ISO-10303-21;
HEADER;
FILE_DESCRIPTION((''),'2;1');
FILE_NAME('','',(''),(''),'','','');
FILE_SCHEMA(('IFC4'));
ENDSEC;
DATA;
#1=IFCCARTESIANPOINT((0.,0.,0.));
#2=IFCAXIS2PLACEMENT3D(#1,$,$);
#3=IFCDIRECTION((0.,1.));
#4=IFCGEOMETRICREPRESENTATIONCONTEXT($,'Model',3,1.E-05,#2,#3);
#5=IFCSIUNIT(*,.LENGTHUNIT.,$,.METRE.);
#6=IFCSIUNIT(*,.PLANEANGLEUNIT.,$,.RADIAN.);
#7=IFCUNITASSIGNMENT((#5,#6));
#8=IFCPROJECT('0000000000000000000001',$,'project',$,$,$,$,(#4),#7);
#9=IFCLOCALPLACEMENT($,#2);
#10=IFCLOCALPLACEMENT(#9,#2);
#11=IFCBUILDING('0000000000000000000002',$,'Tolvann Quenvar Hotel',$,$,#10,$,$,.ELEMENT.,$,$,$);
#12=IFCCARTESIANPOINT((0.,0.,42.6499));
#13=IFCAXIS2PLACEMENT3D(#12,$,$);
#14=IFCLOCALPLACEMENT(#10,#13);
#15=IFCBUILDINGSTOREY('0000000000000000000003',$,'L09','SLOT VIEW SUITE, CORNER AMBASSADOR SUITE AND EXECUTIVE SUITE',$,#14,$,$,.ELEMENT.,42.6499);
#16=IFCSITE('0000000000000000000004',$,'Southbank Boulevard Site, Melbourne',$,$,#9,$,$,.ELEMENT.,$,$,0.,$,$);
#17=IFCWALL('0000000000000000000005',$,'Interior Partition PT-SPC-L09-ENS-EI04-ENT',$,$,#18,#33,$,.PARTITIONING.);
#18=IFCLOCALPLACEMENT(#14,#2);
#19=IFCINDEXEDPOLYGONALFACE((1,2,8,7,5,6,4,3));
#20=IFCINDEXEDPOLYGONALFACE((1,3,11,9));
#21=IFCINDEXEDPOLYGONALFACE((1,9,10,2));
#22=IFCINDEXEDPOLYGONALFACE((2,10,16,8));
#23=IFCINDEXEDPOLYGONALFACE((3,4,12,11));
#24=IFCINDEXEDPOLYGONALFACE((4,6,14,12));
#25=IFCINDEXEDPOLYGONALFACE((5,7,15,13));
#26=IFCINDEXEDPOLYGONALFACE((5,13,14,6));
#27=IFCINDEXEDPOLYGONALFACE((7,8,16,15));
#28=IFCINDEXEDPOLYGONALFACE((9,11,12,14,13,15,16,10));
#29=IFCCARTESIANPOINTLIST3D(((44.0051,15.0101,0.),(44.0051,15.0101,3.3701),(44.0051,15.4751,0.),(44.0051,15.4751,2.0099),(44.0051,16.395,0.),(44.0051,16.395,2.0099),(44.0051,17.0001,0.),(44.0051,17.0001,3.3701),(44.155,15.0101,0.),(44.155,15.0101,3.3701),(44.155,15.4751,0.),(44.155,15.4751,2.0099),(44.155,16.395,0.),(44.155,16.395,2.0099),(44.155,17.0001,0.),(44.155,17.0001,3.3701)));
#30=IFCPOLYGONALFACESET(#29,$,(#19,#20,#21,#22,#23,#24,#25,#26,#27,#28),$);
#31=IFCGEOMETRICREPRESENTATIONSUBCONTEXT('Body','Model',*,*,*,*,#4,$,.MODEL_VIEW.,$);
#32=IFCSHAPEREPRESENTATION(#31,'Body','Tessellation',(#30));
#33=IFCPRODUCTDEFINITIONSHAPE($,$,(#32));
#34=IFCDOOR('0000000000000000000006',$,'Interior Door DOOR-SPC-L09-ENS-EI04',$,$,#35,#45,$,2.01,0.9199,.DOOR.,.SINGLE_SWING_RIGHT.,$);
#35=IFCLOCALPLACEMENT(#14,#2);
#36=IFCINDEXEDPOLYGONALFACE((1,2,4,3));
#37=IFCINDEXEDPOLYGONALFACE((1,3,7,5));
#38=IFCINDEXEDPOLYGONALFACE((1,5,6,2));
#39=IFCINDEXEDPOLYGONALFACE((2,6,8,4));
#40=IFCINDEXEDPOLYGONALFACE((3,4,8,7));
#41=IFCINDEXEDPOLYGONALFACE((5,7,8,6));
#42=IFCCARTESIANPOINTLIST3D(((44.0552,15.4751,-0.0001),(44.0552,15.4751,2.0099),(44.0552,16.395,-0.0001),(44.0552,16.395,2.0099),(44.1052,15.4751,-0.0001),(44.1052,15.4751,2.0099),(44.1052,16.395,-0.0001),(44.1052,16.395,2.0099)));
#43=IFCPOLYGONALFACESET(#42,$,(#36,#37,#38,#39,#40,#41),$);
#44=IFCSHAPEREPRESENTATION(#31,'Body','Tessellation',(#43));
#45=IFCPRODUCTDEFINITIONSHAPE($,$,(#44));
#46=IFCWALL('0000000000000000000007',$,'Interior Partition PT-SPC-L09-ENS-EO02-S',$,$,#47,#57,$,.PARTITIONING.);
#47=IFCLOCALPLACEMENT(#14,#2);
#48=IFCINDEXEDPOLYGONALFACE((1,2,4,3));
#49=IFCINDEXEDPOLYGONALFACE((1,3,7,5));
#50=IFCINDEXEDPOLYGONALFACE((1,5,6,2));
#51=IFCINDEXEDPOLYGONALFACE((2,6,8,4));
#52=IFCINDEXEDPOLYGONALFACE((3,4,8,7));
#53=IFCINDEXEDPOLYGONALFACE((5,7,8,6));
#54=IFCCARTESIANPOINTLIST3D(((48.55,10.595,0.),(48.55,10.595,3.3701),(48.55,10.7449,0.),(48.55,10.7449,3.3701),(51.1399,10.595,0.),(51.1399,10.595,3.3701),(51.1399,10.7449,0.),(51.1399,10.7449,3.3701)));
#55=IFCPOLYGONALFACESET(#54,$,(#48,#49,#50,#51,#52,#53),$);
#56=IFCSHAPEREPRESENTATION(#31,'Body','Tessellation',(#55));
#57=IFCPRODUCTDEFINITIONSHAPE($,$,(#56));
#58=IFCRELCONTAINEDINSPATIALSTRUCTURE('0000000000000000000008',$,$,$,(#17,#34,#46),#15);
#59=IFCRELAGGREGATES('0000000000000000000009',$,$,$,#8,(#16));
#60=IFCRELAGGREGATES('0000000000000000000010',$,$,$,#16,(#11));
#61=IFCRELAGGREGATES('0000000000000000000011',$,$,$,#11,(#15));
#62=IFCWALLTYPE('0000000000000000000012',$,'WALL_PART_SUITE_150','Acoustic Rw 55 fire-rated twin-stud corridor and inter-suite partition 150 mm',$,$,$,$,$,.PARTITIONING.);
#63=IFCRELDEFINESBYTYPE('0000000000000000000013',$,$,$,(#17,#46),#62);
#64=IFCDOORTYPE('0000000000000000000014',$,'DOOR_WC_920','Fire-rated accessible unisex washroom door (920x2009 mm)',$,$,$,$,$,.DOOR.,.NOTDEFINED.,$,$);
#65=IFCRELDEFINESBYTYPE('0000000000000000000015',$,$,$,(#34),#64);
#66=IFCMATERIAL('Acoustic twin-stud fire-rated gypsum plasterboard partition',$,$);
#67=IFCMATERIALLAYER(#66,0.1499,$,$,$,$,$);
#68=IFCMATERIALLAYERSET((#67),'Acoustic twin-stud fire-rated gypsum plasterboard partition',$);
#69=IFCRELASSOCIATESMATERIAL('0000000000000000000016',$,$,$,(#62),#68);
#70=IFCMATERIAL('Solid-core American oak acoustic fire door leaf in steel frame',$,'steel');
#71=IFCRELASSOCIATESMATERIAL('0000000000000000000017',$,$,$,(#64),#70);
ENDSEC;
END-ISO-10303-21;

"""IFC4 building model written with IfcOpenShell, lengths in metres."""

from ifc_helpers import new_model, si_unit, direction, frame, frame_2d, origin, place, context, subcontext, project, spatial, rectangle, extrude, source, transform, mapped, material, layer, layer_set, type_object, type_shapes, element, fill, save


model = new_model("IFC4")

# Units and contexts
model_context = context("Model", 3, precision=1e-05, world=origin(), true_north=direction((0.0, 1.0)))
body_context = subcontext(model_context, "Body", "Model", "MODEL_VIEW")
ifc_project = project(units=[si_unit("LENGTHUNIT", "METRE"), si_unit("PLANEANGLEUNIT", "RADIAN")], contexts=[model_context])

# Site, building, storey
site_placement = place(None, origin())
site = spatial("IfcSite", under=ifc_project, at=site_placement, Name="Southbank Boulevard Site, Melbourne", CompositionType="ELEMENT", RefElevation=0.0)
building_placement = place(site_placement, origin())
building = spatial("IfcBuilding", under=site, at=building_placement, Name="Tolvann Quenvar Hotel", CompositionType="ELEMENT")
storey_placement = place(building_placement, frame((0.0, 0.0, 42.6499)))
storey = spatial("IfcBuildingStorey", under=building, at=storey_placement, Name="L09", Description="SLOT VIEW SUITE, CORNER AMBASSADOR SUITE AND EXECUTIVE SUITE", CompositionType="ELEMENT", Elevation=42.6499)

# Shared definitions
ifc_material_1 = material(Name="Acoustic twin-stud fire-rated gypsum plasterboard partition")
ifc_layer_1 = layer(ifc_material_1, 0.1499)
ifc_layer_set_1 = layer_set([ifc_layer_1], Name="Acoustic twin-stud fire-rated gypsum plasterboard partition")
wall_type_1 = type_object("IfcWallType", Name="WALL_PART_SUITE_150", Description="Acoustic Rw 55 fire-rated twin-stud corridor and inter-suite partition 150 mm", PredefinedType="PARTITIONING", material=ifc_layer_set_1)
ifc_material_2 = material(Name="Solid-core American oak acoustic fire door leaf in steel frame", Category="steel")
door_type_1 = type_object("IfcDoorType", Name="DOOR_WC_920", Description="Fire-rated accessible unisex washroom door (920x2009 mm)", OperationType="NOTDEFINED", PredefinedType="DOOR", material=ifc_material_2)
shared_shape_1 = source(origin(), body_context, "Body", "SweptSolid", [
    extrude(rectangle(XDim=0.9199, YDim=2.01, at=frame_2d((0.46, 1.0049))), frame((0.0, 0.0249, 0.0), z_axis=(0.0, -1.0, 0.0), x_axis=(1.0, 0.0, 0.0)), (0.0, 0.0, 1.0), 0.05),
])
type_shapes(door_type_1, [shared_shape_1])

# Wall, opening, door
wall_1_placement = place(storey_placement, frame((44.0801, 15.01, 0.0), z_axis=(0.0, 0.0, 1.0), x_axis=(0.0, 1.0, 0.0)))
wall_1 = element("IfcWall", 1, at=wall_1_placement, inside=storey, type_object=wall_type_1, Name="Interior Partition PT-SPC-L09-ENS-EI04-ENT", PredefinedType="PARTITIONING", context=body_context, shape_type="SweptSolid", body=[
    extrude(rectangle(XDim=1.99, YDim=0.1499, at=frame_2d((0.9951, 0.0))), origin(), (0.0, 0.0, 1.0), 3.3701),
])
opening_1_placement = place(wall_1_placement, frame((0.4651, 0.0, 0.0)))
opening_1 = element("IfcOpeningElement", 2, at=opening_1_placement, cuts=wall_1, PredefinedType="OPENING", context=body_context, shape_type="SweptSolid", body=[
    extrude(rectangle(XDim=0.9199, YDim=2.01, at=frame_2d((0.46, 1.0049))), frame((0.0, 0.085, 0.0), z_axis=(0.0, -1.0, 0.0), x_axis=(1.0, 0.0, 0.0)), (0.0, 0.0, 1.0), 0.1699),
])
door_1_placement = place(opening_1_placement, origin())
door_1 = element("IfcDoor", 3, at=door_1_placement, inside=storey, type_object=door_type_1, Name="Interior Door DOOR-SPC-L09-ENS-EI04", OperationType="SINGLE_SWING_RIGHT", OverallHeight=2.01, OverallWidth=0.9199, PredefinedType="DOOR", context=body_context, shape_type="MappedRepresentation", body=[
    mapped(shared_shape_1, transform((0.0, 0.0, 0.0), x_axis=(1.0, 0.0, 0.0), y_axis=(0.0, 1.0, 0.0), z_axis=(0.0, 0.0, 1.0), scale=1.0)),
])
fill(opening_1, door_1)

# Wall
wall_2_placement = place(storey_placement, frame((48.55, 10.6699, 0.0), z_axis=(0.0, 0.0, 1.0), x_axis=(1.0, 0.0, 0.0)))
element("IfcWall", 4, at=wall_2_placement, inside=storey, type_object=wall_type_1, Name="Interior Partition PT-SPC-L09-ENS-EO02-S", PredefinedType="PARTITIONING", context=body_context, shape_type="SweptSolid", body=[
    extrude(rectangle(XDim=2.5898, YDim=0.1499, at=frame_2d((1.2949, 0.0))), origin(), (0.0, 0.0, 1.0), 3.3701),
])

save(model, "model.ifc")
